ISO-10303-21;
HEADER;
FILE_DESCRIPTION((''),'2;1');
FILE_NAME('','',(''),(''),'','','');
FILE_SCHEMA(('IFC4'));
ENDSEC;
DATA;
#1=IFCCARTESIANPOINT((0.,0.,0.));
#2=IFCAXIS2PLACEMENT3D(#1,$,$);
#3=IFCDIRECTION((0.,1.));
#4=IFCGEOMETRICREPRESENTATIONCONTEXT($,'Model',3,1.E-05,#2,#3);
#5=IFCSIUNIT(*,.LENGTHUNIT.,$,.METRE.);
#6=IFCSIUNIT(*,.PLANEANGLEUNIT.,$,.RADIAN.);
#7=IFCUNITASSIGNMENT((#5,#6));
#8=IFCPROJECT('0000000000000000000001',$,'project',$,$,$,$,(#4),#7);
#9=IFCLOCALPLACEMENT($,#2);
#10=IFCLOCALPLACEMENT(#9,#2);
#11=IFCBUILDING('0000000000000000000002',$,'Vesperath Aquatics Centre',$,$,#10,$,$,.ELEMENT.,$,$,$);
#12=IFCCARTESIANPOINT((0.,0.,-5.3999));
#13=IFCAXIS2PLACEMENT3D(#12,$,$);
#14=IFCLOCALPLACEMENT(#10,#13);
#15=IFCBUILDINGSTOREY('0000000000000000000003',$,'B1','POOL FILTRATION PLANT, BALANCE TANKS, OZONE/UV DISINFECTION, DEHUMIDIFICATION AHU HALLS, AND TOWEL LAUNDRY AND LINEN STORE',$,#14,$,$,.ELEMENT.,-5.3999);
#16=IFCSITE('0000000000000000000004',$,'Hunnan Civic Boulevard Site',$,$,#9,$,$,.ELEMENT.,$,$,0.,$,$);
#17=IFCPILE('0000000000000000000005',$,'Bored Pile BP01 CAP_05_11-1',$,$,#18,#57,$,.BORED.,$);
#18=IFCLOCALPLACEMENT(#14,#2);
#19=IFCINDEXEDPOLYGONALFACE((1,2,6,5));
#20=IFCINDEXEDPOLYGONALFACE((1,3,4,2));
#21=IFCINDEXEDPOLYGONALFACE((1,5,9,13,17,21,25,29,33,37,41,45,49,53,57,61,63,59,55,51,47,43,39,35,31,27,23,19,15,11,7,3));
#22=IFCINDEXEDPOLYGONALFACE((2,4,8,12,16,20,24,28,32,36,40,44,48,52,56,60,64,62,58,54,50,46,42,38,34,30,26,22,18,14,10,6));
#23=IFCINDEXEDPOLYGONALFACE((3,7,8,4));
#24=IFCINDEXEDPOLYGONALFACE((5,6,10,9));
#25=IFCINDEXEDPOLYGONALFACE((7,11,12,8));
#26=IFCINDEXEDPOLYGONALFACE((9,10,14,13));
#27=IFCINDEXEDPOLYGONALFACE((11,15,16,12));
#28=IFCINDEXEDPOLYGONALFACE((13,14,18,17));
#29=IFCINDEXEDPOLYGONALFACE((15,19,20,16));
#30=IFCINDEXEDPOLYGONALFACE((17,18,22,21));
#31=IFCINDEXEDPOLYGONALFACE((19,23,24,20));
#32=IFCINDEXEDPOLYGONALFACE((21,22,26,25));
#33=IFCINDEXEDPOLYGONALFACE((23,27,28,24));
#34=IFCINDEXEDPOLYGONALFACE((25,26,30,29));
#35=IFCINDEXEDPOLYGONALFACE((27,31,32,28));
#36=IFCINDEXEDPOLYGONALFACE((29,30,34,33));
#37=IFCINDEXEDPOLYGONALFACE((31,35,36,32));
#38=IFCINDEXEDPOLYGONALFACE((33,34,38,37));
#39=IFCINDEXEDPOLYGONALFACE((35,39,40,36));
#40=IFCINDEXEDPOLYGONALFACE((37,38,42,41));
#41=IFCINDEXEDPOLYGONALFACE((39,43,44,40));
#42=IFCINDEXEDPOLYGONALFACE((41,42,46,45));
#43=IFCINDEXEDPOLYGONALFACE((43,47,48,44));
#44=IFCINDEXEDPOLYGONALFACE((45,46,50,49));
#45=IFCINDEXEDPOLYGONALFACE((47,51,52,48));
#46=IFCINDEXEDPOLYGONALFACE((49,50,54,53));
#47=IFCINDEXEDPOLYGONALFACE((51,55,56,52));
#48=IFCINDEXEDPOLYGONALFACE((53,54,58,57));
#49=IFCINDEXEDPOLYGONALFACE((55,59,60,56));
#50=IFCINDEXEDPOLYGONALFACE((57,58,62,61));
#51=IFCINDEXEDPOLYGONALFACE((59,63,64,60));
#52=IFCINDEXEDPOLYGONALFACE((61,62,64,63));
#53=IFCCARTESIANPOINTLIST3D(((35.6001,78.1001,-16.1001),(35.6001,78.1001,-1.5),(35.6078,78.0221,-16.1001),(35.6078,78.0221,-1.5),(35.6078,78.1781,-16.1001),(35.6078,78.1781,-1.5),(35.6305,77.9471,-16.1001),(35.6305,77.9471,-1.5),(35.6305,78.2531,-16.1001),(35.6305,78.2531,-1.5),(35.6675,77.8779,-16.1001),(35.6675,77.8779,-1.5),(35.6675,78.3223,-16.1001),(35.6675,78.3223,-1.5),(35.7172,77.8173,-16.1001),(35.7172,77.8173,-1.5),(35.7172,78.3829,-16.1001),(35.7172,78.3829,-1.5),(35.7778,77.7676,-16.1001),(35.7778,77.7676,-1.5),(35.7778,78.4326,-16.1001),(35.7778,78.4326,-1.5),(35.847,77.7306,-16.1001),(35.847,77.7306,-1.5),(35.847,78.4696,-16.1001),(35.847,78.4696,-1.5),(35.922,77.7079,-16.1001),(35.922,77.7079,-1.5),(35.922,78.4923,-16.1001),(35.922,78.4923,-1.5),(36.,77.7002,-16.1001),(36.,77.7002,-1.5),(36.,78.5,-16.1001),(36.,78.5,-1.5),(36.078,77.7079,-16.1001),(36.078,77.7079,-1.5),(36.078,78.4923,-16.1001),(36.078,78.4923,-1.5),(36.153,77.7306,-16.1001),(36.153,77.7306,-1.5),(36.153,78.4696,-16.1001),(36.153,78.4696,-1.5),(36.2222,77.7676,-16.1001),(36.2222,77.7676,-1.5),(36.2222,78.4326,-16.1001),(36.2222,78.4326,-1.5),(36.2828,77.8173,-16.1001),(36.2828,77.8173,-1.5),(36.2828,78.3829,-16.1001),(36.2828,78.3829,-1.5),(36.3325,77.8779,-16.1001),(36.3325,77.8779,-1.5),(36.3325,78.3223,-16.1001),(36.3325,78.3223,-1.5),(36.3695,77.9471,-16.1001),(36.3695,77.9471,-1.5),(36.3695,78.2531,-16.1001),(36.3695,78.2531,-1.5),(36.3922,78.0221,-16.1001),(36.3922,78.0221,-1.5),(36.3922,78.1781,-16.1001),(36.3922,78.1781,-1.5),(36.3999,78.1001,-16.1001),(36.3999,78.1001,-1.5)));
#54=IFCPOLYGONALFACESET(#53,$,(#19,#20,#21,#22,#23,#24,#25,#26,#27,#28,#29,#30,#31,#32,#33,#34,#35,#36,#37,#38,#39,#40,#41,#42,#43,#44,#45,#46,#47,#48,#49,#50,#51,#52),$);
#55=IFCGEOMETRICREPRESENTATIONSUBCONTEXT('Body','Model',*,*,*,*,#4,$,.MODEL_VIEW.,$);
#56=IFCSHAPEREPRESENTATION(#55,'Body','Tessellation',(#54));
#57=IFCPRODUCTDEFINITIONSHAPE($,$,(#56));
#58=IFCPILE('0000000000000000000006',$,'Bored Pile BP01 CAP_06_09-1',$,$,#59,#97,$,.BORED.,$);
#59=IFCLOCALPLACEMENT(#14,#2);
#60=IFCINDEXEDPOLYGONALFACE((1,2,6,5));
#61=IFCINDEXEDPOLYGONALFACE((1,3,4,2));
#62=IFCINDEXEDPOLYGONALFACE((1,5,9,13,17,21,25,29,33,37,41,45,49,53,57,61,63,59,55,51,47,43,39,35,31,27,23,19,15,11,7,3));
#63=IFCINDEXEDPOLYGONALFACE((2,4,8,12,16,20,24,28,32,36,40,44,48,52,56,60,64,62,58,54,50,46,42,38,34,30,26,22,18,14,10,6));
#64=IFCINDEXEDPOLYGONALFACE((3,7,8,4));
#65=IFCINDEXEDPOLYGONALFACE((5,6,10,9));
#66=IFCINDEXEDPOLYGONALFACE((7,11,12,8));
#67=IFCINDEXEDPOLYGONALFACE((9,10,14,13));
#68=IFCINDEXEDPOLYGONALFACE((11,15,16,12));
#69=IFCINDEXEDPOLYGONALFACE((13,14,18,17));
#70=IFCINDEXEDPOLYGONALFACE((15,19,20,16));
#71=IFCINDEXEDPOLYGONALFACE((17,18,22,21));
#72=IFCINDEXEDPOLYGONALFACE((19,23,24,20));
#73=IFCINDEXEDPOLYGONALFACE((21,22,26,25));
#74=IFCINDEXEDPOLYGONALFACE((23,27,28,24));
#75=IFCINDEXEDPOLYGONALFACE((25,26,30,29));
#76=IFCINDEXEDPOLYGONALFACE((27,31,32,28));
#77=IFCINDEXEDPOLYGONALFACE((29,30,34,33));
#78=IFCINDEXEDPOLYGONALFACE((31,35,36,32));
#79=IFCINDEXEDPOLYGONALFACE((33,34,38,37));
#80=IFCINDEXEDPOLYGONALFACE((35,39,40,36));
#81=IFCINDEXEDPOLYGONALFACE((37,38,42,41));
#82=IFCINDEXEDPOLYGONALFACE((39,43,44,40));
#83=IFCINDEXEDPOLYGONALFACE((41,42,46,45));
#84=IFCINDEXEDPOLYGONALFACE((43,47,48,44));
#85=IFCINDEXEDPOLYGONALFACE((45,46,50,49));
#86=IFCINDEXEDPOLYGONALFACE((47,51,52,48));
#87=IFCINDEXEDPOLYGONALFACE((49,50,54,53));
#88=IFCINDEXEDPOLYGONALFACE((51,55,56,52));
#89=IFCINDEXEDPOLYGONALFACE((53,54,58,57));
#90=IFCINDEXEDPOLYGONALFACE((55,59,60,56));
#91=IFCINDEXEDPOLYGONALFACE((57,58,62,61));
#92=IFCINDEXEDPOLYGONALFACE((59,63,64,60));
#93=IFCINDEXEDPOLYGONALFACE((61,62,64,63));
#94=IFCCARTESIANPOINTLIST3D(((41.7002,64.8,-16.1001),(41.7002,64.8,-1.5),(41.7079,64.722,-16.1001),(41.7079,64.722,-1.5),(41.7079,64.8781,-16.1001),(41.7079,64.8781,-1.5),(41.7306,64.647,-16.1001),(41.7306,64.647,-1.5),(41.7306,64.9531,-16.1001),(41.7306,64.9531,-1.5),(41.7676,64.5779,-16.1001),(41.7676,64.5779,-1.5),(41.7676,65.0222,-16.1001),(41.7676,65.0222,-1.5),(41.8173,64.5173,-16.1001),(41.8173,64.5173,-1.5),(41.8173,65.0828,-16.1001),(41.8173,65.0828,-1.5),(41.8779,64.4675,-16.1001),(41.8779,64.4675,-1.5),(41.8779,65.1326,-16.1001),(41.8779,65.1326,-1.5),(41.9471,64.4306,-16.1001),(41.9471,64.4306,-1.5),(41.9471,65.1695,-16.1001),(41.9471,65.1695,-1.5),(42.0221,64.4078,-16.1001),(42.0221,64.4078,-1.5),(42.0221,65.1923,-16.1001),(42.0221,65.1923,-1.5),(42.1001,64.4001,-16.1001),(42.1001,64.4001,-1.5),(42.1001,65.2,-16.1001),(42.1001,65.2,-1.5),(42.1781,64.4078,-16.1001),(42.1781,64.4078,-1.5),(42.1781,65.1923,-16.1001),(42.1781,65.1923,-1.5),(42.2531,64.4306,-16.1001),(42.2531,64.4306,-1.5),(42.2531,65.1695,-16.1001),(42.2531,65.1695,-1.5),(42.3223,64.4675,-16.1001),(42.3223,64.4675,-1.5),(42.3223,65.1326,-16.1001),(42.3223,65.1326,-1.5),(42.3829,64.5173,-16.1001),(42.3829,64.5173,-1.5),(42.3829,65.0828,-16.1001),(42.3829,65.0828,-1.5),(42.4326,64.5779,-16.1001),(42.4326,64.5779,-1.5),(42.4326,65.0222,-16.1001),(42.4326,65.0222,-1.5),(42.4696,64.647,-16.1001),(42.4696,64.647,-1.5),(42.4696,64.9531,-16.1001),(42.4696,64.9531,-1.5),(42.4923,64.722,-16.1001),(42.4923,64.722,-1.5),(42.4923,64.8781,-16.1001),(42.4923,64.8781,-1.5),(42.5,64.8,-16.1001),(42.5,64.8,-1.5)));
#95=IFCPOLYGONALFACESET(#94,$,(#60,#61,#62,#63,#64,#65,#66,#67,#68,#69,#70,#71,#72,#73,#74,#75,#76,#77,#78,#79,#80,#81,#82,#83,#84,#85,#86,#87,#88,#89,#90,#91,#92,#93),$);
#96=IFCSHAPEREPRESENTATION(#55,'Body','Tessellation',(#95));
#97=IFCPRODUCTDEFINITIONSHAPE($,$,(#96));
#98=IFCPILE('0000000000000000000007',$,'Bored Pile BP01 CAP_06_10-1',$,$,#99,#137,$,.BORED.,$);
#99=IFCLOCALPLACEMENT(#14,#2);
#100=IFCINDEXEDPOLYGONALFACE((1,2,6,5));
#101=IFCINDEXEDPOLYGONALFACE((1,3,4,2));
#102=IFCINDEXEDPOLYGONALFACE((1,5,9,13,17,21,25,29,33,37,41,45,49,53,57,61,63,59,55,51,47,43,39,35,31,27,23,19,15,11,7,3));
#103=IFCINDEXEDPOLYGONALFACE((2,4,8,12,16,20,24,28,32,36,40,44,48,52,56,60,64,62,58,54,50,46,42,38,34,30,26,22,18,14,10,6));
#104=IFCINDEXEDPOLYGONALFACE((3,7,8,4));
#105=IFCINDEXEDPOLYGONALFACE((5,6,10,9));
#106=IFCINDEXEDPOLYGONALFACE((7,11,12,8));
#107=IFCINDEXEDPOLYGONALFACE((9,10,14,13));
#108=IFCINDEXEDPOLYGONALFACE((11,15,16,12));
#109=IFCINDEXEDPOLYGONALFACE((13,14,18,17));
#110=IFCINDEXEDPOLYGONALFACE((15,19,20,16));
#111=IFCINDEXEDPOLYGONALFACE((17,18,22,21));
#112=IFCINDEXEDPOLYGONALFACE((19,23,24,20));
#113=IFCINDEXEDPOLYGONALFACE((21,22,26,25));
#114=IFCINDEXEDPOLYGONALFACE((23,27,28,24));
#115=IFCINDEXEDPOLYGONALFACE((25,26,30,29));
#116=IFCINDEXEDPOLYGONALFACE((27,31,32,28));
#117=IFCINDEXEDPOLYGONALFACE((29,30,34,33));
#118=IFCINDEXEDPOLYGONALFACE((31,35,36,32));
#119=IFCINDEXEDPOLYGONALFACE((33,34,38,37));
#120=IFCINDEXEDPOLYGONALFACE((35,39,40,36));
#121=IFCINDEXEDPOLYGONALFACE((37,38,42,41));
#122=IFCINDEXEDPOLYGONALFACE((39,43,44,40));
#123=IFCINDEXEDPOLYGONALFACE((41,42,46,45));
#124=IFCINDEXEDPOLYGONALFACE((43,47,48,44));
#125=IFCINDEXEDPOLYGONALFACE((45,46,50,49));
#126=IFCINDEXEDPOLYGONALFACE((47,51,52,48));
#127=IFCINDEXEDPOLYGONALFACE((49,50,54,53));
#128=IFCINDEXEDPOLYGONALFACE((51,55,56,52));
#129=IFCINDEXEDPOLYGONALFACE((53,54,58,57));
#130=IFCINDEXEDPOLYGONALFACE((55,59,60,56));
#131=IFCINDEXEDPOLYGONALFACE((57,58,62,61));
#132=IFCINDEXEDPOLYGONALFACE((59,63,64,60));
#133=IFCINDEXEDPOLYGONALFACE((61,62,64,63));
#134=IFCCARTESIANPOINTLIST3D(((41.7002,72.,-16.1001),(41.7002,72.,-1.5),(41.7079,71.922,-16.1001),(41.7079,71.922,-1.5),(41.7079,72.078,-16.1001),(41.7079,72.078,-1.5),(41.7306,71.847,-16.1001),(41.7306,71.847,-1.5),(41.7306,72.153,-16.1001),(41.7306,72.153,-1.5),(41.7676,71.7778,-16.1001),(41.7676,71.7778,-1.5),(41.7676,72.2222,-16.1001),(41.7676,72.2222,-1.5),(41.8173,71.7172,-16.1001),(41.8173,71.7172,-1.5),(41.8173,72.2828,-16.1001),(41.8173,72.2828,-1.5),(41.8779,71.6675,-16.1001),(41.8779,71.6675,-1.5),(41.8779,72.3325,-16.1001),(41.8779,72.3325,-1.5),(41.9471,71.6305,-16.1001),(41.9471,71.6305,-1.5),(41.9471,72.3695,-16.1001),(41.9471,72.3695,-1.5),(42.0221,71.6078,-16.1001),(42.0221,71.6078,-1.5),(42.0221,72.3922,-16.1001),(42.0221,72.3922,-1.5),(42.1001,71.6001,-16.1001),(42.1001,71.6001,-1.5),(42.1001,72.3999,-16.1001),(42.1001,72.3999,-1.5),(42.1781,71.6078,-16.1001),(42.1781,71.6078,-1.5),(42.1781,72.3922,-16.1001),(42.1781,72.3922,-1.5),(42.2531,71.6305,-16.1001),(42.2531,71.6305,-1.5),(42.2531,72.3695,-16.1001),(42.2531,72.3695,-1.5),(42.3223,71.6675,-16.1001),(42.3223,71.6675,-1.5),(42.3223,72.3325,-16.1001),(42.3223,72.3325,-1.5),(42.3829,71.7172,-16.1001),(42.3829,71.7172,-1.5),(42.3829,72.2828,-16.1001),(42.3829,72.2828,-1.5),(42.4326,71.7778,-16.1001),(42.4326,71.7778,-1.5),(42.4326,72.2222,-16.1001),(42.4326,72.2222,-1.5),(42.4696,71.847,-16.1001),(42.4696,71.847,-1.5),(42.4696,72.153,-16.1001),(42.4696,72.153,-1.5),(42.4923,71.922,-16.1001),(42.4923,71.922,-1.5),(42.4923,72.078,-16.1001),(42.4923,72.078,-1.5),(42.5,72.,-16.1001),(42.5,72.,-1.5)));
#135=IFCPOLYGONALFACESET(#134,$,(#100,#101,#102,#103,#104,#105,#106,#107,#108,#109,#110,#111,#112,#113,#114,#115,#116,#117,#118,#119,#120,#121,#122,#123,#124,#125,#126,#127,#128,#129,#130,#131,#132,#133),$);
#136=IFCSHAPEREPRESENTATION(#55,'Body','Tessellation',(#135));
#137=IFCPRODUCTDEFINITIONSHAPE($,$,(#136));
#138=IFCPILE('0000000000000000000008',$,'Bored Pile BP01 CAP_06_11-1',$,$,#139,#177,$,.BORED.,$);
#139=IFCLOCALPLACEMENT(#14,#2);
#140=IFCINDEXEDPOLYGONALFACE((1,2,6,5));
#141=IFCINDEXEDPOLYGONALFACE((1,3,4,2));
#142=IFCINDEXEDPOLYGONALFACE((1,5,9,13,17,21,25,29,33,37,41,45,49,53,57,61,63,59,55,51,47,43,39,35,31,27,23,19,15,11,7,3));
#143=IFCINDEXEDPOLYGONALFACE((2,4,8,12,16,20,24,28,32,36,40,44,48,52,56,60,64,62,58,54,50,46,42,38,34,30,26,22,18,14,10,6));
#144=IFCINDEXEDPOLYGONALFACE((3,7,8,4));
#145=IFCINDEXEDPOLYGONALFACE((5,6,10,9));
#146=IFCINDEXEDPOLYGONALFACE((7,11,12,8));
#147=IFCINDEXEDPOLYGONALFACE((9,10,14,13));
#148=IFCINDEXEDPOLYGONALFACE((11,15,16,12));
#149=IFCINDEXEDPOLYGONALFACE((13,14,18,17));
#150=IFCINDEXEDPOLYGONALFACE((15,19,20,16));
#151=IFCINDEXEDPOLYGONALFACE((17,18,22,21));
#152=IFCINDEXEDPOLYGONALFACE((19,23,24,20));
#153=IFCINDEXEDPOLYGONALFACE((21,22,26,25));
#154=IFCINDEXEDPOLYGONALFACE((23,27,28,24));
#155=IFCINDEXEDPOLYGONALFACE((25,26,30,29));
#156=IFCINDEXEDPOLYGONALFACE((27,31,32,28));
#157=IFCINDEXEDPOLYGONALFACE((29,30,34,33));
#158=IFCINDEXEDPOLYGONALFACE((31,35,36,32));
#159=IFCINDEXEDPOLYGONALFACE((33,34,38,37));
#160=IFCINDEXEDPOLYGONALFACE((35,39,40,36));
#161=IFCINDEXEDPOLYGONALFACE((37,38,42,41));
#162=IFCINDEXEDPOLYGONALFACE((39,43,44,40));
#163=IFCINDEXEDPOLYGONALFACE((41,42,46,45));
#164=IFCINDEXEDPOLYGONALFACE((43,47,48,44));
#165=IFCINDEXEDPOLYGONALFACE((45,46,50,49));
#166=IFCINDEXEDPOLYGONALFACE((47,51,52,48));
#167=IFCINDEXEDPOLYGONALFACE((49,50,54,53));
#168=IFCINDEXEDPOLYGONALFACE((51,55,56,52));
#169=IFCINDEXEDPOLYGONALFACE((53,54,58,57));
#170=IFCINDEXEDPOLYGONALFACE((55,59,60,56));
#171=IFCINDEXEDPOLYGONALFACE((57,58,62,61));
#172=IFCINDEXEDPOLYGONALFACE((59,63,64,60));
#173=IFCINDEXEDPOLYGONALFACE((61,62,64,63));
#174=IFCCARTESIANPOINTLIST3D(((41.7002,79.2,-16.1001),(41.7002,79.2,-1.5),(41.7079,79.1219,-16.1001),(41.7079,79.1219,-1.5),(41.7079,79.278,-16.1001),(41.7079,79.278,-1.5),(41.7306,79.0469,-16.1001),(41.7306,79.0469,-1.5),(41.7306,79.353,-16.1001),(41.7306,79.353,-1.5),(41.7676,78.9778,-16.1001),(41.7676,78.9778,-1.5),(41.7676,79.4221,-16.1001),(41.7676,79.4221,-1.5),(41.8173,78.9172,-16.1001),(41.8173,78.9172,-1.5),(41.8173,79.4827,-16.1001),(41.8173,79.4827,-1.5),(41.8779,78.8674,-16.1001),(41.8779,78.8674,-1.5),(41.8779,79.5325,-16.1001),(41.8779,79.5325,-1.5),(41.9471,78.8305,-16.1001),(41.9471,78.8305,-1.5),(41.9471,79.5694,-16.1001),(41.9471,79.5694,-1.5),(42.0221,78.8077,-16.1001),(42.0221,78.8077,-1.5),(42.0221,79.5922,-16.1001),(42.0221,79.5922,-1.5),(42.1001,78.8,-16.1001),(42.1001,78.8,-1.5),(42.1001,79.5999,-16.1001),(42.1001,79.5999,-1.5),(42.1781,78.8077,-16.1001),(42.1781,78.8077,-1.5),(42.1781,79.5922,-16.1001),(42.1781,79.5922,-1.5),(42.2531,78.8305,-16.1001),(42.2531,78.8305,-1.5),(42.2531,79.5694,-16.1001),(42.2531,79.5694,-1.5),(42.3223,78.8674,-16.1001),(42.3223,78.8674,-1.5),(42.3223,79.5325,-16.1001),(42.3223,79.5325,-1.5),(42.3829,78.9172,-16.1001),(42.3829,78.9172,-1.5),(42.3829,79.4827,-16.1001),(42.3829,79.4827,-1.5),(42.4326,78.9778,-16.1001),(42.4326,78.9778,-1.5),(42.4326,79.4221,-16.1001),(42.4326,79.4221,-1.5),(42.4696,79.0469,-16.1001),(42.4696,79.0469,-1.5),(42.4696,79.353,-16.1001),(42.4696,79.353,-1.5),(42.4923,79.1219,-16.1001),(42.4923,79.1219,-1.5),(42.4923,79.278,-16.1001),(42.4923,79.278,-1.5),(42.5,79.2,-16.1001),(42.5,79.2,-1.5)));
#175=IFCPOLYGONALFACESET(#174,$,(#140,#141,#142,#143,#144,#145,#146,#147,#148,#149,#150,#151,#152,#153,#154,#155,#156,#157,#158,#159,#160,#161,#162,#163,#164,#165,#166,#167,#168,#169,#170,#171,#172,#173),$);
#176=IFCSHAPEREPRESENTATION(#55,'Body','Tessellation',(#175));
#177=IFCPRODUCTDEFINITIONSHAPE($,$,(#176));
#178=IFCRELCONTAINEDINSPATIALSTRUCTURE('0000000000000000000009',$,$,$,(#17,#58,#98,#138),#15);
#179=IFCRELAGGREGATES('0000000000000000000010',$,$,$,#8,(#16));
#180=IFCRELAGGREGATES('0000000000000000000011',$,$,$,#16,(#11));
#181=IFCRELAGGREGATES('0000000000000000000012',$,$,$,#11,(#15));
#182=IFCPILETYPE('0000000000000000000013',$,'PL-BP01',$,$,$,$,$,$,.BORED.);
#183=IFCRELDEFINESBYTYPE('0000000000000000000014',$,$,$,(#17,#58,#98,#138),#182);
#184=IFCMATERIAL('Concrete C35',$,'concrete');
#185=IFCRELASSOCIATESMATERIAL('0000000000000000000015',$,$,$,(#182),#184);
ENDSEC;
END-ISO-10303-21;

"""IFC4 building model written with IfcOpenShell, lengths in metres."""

from ifc_helpers import new_model, si_unit, direction, frame, origin, origin_2d, place, context, subcontext, project, spatial, circle, extrude, material, material_profile, profile_set, type_object, element, save


model = new_model("IFC4")

# Units and contexts
model_context = context("Model", 3, precision=1e-05, world=origin(), true_north=direction((0.0, 1.0)))
body_context = subcontext(model_context, "Body", "Model", "MODEL_VIEW")
ifc_project = project(units=[si_unit("LENGTHUNIT", "METRE"), si_unit("PLANEANGLEUNIT", "RADIAN")], contexts=[model_context])

# Site, building, storey
site_placement = place(None, origin())
site = spatial("IfcSite", under=ifc_project, at=site_placement, Name="Hunnan Civic Boulevard Site", CompositionType="ELEMENT", RefElevation=0.0)
building_placement = place(site_placement, origin())
building = spatial("IfcBuilding", under=site, at=building_placement, Name="Vesperath Aquatics Centre", CompositionType="ELEMENT")
storey_placement = place(building_placement, frame((0.0, 0.0, -5.3999)))
storey = spatial("IfcBuildingStorey", under=building, at=storey_placement, Name="B1", Description="POOL FILTRATION PLANT, BALANCE TANKS, OZONE/UV DISINFECTION, DEHUMIDIFICATION AHU HALLS, AND TOWEL LAUNDRY AND LINEN STORE", CompositionType="ELEMENT", Elevation=-5.3999)

# Piles
ifc_material_1 = material(Name="Concrete C35", Category="concrete")
ifc_material_profile_1 = material_profile(ifc_material_1, circle(Radius=0.3999, at=origin_2d()), Name="PILE D800")
ifc_profile_set_1 = profile_set([ifc_material_profile_1], Name="Concrete C35")
pile_type = type_object("IfcPileType", Name="PL-BP01", PredefinedType="BORED", material=ifc_profile_set_1)
for number, where, z_axis, x_axis, name in (
    (1, (36.0, 78.1001, -1.5), (0.0, 0.0, -1.0), (1.0, 0.0, 0.0), "Bored Pile BP01 CAP_05_11-1"),
    (2, (42.1001, 64.8, -1.5), (0.0, 0.0, -1.0), (1.0, 0.0, 0.0), "Bored Pile BP01 CAP_06_09-1"),
    (3, (42.1001, 72.0, -1.5), (0.0, 0.0, -1.0), (1.0, 0.0, 0.0), "Bored Pile BP01 CAP_06_10-1"),
    (4, (42.1001, 79.2, -1.5), (0.0, 0.0, -1.0), (1.0, 0.0, 0.0), "Bored Pile BP01 CAP_06_11-1"),
):
    element("IfcPile", number, at=place(storey_placement, frame(where, z_axis=z_axis, x_axis=x_axis)), inside=storey, type_object=pile_type, Name=name, PredefinedType="BORED", context=body_context, shape_type="SweptSolid", body=[
        extrude(circle(Radius=0.3999, at=origin_2d()), origin(), (0.0, 0.0, 1.0), 14.6001),
    ])

save(model, "model.ifc")
